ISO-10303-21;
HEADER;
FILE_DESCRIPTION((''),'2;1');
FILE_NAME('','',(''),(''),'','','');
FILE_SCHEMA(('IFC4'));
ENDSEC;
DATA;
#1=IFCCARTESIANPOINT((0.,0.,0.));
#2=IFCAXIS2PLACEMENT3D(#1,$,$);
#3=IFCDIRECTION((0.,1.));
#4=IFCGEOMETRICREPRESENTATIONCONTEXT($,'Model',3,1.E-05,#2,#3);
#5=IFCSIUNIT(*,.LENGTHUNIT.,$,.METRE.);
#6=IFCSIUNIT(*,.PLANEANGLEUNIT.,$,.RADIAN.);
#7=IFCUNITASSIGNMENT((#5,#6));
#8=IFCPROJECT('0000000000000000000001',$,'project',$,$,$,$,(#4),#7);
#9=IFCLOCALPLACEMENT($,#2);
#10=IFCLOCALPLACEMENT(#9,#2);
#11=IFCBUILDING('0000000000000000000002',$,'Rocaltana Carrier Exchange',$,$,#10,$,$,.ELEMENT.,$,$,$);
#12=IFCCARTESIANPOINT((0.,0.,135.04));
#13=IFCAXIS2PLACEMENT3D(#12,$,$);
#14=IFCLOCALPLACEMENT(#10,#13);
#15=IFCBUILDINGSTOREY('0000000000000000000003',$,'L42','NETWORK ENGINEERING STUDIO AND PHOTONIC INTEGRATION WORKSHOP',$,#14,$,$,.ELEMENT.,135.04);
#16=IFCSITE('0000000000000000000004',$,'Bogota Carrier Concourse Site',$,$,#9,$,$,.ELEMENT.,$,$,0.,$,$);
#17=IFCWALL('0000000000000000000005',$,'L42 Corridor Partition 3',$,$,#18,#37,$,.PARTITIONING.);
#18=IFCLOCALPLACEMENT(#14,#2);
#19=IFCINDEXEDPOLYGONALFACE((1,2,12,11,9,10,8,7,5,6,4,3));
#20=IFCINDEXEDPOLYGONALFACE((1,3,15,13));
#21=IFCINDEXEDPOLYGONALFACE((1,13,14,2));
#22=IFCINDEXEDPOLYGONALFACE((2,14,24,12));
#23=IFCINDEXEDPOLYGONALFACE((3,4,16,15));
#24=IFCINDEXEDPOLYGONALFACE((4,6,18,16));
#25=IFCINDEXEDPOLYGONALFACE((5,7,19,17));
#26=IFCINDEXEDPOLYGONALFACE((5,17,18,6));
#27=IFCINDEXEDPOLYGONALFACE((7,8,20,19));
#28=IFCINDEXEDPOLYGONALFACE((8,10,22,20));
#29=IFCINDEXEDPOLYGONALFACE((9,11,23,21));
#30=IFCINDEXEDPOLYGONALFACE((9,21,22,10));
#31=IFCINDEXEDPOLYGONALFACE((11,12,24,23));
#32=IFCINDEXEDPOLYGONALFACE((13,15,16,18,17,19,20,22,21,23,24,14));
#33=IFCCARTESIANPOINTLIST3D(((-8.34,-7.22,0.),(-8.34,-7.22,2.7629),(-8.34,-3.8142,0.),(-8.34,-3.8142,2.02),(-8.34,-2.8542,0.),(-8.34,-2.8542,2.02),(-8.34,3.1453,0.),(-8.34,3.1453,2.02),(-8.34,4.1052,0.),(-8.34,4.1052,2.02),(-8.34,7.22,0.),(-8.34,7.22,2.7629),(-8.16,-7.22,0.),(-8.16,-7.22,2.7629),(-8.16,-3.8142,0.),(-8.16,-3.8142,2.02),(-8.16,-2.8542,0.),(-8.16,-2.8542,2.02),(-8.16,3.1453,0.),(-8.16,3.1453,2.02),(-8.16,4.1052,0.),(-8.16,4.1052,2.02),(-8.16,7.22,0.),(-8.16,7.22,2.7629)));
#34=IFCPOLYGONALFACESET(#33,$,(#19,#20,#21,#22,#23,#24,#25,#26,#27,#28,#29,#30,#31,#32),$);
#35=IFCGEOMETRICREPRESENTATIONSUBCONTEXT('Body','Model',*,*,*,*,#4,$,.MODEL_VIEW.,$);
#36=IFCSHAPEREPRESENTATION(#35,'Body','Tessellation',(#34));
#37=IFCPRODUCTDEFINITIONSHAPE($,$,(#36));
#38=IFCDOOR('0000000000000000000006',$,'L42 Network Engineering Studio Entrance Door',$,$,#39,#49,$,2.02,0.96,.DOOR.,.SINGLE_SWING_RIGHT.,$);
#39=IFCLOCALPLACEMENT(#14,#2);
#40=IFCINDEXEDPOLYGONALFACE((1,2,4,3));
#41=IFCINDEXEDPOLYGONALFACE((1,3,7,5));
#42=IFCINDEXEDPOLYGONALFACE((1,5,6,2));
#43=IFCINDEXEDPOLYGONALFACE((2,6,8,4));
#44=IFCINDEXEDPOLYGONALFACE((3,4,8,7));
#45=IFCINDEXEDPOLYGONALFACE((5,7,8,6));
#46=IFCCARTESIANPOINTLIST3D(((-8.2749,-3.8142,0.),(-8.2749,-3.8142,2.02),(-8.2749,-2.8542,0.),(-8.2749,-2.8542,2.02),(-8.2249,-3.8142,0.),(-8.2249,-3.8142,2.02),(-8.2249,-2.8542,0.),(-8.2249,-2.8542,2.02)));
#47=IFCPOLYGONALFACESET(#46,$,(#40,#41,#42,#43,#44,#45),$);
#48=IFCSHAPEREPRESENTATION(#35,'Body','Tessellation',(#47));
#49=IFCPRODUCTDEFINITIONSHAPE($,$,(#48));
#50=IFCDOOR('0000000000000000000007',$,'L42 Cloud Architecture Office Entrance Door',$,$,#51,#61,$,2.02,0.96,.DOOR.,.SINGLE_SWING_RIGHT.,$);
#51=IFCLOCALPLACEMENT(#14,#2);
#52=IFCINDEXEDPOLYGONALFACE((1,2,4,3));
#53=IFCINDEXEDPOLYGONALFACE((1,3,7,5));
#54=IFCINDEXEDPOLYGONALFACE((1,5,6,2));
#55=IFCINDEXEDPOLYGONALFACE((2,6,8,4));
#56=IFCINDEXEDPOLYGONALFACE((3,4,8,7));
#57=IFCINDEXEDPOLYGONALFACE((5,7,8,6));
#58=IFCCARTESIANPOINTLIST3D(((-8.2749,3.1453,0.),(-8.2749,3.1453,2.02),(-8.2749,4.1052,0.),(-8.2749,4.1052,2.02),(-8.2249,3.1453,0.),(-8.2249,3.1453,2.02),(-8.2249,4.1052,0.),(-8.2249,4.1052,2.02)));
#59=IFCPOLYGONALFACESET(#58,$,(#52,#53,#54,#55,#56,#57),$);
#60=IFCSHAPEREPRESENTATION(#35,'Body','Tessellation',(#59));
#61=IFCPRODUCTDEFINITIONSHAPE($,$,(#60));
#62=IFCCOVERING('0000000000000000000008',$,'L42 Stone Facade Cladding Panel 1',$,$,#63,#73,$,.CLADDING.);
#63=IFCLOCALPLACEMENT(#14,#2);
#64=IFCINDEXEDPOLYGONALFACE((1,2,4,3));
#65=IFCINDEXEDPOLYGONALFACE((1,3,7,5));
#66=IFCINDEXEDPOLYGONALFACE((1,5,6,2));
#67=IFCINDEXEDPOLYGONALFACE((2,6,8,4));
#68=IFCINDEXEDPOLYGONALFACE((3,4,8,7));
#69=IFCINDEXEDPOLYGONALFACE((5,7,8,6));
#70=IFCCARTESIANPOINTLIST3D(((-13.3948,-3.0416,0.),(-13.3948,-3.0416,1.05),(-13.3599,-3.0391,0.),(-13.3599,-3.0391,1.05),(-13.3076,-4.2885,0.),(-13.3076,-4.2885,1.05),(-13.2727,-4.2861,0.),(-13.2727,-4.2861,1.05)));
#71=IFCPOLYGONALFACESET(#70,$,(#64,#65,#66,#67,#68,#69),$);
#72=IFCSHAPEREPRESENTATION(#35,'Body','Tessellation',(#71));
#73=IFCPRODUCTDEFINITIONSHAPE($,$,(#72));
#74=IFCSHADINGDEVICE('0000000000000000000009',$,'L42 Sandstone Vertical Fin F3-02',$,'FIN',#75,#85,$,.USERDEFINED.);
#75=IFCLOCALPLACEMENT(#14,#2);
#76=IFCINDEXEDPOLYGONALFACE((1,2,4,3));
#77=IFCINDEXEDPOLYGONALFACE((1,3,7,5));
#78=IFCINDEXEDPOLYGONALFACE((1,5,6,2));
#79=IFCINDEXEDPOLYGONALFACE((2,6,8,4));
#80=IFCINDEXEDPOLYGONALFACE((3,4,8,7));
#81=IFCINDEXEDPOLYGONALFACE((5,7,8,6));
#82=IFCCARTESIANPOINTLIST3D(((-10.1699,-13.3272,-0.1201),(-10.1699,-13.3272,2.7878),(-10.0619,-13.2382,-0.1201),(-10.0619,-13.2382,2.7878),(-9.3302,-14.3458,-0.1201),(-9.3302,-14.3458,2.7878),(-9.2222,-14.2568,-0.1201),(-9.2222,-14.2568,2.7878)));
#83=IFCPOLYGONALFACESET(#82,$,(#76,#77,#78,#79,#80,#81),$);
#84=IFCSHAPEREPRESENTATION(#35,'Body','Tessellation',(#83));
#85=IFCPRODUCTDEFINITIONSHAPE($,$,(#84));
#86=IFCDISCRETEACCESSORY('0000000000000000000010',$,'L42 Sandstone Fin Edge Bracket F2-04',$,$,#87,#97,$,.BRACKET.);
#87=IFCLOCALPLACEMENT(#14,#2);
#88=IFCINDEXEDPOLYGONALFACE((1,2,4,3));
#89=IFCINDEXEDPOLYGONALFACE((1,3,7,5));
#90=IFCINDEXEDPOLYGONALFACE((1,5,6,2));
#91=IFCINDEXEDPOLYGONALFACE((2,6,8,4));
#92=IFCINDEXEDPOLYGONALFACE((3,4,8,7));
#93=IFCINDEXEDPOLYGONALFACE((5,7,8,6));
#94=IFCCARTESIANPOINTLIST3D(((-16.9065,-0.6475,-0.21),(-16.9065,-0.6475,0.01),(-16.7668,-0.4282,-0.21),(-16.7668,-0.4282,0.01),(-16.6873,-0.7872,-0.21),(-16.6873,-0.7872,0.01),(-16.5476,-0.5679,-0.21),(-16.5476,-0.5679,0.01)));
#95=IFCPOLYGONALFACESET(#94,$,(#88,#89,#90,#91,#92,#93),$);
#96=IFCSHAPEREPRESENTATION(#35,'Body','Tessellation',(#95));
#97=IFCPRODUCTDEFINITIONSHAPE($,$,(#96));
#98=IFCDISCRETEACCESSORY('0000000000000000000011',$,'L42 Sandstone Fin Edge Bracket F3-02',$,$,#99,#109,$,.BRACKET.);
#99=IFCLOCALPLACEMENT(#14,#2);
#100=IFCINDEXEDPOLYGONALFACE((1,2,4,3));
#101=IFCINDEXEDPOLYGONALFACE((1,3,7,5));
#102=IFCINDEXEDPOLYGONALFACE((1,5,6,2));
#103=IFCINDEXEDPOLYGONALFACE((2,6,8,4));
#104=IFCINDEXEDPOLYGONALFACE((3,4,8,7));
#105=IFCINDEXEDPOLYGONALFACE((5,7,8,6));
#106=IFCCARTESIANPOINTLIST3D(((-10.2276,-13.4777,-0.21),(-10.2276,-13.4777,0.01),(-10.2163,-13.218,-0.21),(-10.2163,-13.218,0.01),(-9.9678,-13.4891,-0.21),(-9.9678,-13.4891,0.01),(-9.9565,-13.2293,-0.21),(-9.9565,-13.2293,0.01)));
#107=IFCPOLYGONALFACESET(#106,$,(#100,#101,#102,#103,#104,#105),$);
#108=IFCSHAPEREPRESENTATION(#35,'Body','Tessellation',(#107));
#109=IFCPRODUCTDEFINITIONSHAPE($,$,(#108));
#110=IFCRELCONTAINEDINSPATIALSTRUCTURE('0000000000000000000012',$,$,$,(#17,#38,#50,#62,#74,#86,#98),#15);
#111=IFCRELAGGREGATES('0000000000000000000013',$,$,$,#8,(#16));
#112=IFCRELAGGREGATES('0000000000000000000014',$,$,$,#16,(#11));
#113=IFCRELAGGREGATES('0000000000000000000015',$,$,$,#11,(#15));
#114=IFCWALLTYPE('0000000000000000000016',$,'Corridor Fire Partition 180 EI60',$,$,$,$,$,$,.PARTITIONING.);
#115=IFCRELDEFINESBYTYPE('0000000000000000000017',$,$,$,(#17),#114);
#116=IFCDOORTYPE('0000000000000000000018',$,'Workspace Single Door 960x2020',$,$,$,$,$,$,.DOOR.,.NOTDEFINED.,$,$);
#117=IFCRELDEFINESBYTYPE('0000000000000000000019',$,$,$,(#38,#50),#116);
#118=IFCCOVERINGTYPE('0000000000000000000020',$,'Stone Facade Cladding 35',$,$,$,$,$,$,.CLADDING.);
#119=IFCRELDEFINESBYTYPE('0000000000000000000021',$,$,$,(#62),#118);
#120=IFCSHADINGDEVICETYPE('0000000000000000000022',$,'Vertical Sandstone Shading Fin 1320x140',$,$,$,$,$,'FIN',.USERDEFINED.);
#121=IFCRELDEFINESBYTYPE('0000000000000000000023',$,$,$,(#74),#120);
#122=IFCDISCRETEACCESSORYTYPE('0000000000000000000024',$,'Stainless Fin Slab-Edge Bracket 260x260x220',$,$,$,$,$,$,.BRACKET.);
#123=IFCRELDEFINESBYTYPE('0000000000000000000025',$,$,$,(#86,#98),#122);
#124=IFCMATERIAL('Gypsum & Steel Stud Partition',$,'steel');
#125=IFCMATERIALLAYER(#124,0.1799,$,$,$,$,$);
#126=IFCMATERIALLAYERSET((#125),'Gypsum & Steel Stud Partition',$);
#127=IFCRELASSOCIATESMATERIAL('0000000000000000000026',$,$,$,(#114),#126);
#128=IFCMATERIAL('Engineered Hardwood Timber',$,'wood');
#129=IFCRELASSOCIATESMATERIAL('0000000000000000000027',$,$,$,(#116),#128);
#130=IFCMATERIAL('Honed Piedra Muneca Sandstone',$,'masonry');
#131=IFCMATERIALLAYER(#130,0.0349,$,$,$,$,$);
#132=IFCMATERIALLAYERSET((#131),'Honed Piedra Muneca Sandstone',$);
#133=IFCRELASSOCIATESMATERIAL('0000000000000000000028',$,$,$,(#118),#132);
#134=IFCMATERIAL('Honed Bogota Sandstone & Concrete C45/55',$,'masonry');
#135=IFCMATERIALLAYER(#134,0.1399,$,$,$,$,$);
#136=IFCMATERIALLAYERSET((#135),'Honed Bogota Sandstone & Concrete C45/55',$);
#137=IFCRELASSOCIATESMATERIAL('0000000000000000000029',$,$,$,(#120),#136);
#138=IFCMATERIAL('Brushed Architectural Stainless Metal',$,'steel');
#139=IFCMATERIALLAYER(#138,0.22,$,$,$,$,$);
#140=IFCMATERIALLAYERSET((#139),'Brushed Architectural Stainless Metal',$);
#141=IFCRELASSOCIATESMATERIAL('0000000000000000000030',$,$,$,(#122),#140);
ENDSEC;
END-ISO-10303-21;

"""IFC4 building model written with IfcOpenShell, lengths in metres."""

from ifc_helpers import new_model, si_unit, direction, frame, frame_2d, origin, origin_2d, place, context, subcontext, project, spatial, rectangle, extrude, material, layer, layer_set, type_object, element, fill, save


model = new_model("IFC4")

# Units and contexts
model_context = context("Model", 3, precision=1e-05, world=origin(), true_north=direction((0.0, 1.0)))
body_context = subcontext(model_context, "Body", "Model", "MODEL_VIEW")
ifc_project = project(units=[si_unit("LENGTHUNIT", "METRE"), si_unit("PLANEANGLEUNIT", "RADIAN")], contexts=[model_context])

# Site, building, storey
site_placement = place(None, origin())
site = spatial("IfcSite", under=ifc_project, at=site_placement, Name="Bogota Carrier Concourse Site", CompositionType="ELEMENT", RefElevation=0.0)
building_placement = place(site_placement, origin())
building = spatial("IfcBuilding", under=site, at=building_placement, Name="Rocaltana Carrier Exchange", CompositionType="ELEMENT")
storey_placement = place(building_placement, frame((0.0, 0.0, 135.04)))
storey = spatial("IfcBuildingStorey", under=building, at=storey_placement, Name="L42", Description="NETWORK ENGINEERING STUDIO AND PHOTONIC INTEGRATION WORKSHOP", CompositionType="ELEMENT", Elevation=135.04)

# Shared definitions
ifc_material_1 = material(Name="Gypsum & Steel Stud Partition", Category="steel")
ifc_layer_1 = layer(ifc_material_1, 0.1799)
ifc_layer_set_1 = layer_set([ifc_layer_1], Name="Gypsum & Steel Stud Partition")
wall_type_1 = type_object("IfcWallType", Name="Corridor Fire Partition 180 EI60", PredefinedType="PARTITIONING", material=ifc_layer_set_1)

# Wall, openings, doors
wall_1_placement = place(storey_placement, frame((-8.25, -7.22, 0.0), z_axis=(0.0, 0.0, 1.0), x_axis=(0.0, 1.0, 0.0)))
wall_1 = element("IfcWall", 1, at=wall_1_placement, inside=storey, type_object=wall_type_1, Name="L42 Corridor Partition 3", PredefinedType="PARTITIONING", context=body_context, shape_type="SweptSolid", body=[
    extrude(rectangle(XDim=14.4399, YDim=0.1799, at=frame_2d((7.22, 0.0))), origin(), (0.0, 0.0, 1.0), 2.7629),
])
opening_1_placement = place(wall_1_placement, frame((3.4058, 0.0, 0.0)))
opening_1 = element("IfcOpeningElement", 2, at=opening_1_placement, cuts=wall_1, PredefinedType="OPENING", context=body_context, shape_type="SweptSolid", body=[
    extrude(rectangle(XDim=0.96, YDim=2.02, at=frame_2d((0.48, 1.01))), frame((0.0, 0.0999, 0.0), z_axis=(0.0, -1.0, 0.0), x_axis=(1.0, 0.0, 0.0)), (0.0, 0.0, 1.0), 0.2),
])
opening_2_placement = place(wall_1_placement, frame((10.3652, 0.0, 0.0)))
opening_2 = element("IfcOpeningElement", 3, at=opening_2_placement, cuts=wall_1, PredefinedType="OPENING", context=body_context, shape_type="SweptSolid", body=[
    extrude(rectangle(XDim=0.96, YDim=2.02, at=frame_2d((0.48, 1.01))), frame((0.0, 0.0999, 0.0), z_axis=(0.0, -1.0, 0.0), x_axis=(1.0, 0.0, 0.0)), (0.0, 0.0, 1.0), 0.2),
])
ifc_material_2 = material(Name="Engineered Hardwood Timber", Category="wood")
door_type = type_object("IfcDoorType", Name="Workspace Single Door 960x2020", OperationType="NOTDEFINED", PredefinedType="DOOR", material=ifc_material_2)
door_1_placement = place(opening_1_placement, origin())
door_1 = element("IfcDoor", 4, at=door_1_placement, inside=storey, type_object=door_type, Name="L42 Network Engineering Studio Entrance Door", OperationType="SINGLE_SWING_RIGHT", OverallHeight=2.02, OverallWidth=0.96, PredefinedType="DOOR", context=body_context, shape_type="SweptSolid", body=[
    extrude(rectangle(XDim=0.96, YDim=2.02, at=frame_2d((0.48, 1.01))), frame((0.0, 0.0249, 0.0), z_axis=(0.0, -1.0, 0.0), x_axis=(1.0, 0.0, 0.0)), (0.0, 0.0, 1.0), 0.05),
])
fill(opening_1, door_1)
door_2_placement = place(opening_2_placement, origin())
door_2 = element("IfcDoor", 5, at=door_2_placement, inside=storey, type_object=door_type, Name="L42 Cloud Architecture Office Entrance Door", OperationType="SINGLE_SWING_RIGHT", OverallHeight=2.02, OverallWidth=0.96, PredefinedType="DOOR", context=body_context, shape_type="SweptSolid", body=[
    extrude(rectangle(XDim=0.96, YDim=2.02, at=frame_2d((0.48, 1.01))), frame((0.0, 0.0249, 0.0), z_axis=(0.0, -1.0, 0.0), x_axis=(1.0, 0.0, 0.0)), (0.0, 0.0, 1.0), 0.05),
])
fill(opening_2, door_2)

# Covering
ifc_material_3 = material(Name="Honed Piedra Muneca Sandstone", Category="masonry")
ifc_layer_2 = layer(ifc_material_3, 0.0349)
ifc_layer_set_2 = layer_set([ifc_layer_2], Name="Honed Piedra Muneca Sandstone")
covering_type = type_object("IfcCoveringType", Name="Stone Facade Cladding 35", PredefinedType="CLADDING", material=ifc_layer_set_2)
covering_placement = place(storey_placement, frame((-13.3337, -3.6638, 0.0), z_axis=(0.0, 0.0, 1.0), x_axis=(-0.069756, 0.997564, 0.0)))
element("IfcCovering", 6, at=covering_placement, inside=storey, type_object=covering_type, Name="L42 Stone Facade Cladding Panel 1", PredefinedType="CLADDING", context=body_context, shape_type="SweptSolid", body=[
    extrude(rectangle(XDim=1.25, YDim=0.0349, at=origin_2d()), origin(), (0.0, 0.0, 1.0), 1.05),
])

# Shading device
ifc_material_4 = material(Name="Honed Bogota Sandstone & Concrete C45/55", Category="masonry")
ifc_layer_3 = layer(ifc_material_4, 0.1399)
ifc_layer_set_3 = layer_set([ifc_layer_3], Name="Honed Bogota Sandstone & Concrete C45/55")
shading_device_type = type_object("IfcShadingDeviceType", Name="Vertical Sandstone Shading Fin 1320x140", ElementType="FIN", PredefinedType="USERDEFINED", material=ifc_layer_set_3)
shading_device_placement = place(storey_placement, frame((-9.696, -13.792, -0.1201), z_axis=(0.0, 0.0, 1.0), x_axis=(0.636078, -0.771625, 0.0)))
element("IfcShadingDevice", 7, at=shading_device_placement, inside=storey, type_object=shading_device_type, Name="L42 Sandstone Vertical Fin F3-02", ObjectType="FIN", PredefinedType="USERDEFINED", context=body_context, shape_type="SweptSolid", body=[
    extrude(rectangle(XDim=1.3201, YDim=0.1399, at=origin_2d()), origin(), (0.0, 0.0, 1.0), 2.908),
])

# Discrete accessories
ifc_material_5 = material(Name="Brushed Architectural Stainless Metal", Category="steel")
ifc_layer_4 = layer(ifc_material_5, 0.22)
ifc_layer_set_4 = layer_set([ifc_layer_4], Name="Brushed Architectural Stainless Metal")
discrete_accessory_type = type_object("IfcDiscreteAccessoryType", Name="Stainless Fin Slab-Edge Bracket 260x260x220", PredefinedType="BRACKET", material=ifc_layer_set_4)
for number, where, z_axis, x_axis, name in (
    (8, (-16.7271, -0.6077, -0.21), (0.0, 0.0, 1.0), (-0.5373, -0.843391, 0.0), "L42 Sandstone Fin Edge Bracket F2-04"),
    (9, (-10.092, -13.3535, -0.21), (0.0, 0.0, 1.0), (0.999048, -0.043619, 0.0), "L42 Sandstone Fin Edge Bracket F3-02"),
):
    element("IfcDiscreteAccessory", number, at=place(storey_placement, frame(where, z_axis=z_axis, x_axis=x_axis)), inside=storey, type_object=discrete_accessory_type, Name=name, PredefinedType="BRACKET", context=body_context, shape_type="SweptSolid", body=[
        extrude(rectangle(XDim=0.26, YDim=0.26, at=origin_2d()), origin(), (0.0, 0.0, 1.0), 0.22),
    ])

save(model, "model.ifc")
